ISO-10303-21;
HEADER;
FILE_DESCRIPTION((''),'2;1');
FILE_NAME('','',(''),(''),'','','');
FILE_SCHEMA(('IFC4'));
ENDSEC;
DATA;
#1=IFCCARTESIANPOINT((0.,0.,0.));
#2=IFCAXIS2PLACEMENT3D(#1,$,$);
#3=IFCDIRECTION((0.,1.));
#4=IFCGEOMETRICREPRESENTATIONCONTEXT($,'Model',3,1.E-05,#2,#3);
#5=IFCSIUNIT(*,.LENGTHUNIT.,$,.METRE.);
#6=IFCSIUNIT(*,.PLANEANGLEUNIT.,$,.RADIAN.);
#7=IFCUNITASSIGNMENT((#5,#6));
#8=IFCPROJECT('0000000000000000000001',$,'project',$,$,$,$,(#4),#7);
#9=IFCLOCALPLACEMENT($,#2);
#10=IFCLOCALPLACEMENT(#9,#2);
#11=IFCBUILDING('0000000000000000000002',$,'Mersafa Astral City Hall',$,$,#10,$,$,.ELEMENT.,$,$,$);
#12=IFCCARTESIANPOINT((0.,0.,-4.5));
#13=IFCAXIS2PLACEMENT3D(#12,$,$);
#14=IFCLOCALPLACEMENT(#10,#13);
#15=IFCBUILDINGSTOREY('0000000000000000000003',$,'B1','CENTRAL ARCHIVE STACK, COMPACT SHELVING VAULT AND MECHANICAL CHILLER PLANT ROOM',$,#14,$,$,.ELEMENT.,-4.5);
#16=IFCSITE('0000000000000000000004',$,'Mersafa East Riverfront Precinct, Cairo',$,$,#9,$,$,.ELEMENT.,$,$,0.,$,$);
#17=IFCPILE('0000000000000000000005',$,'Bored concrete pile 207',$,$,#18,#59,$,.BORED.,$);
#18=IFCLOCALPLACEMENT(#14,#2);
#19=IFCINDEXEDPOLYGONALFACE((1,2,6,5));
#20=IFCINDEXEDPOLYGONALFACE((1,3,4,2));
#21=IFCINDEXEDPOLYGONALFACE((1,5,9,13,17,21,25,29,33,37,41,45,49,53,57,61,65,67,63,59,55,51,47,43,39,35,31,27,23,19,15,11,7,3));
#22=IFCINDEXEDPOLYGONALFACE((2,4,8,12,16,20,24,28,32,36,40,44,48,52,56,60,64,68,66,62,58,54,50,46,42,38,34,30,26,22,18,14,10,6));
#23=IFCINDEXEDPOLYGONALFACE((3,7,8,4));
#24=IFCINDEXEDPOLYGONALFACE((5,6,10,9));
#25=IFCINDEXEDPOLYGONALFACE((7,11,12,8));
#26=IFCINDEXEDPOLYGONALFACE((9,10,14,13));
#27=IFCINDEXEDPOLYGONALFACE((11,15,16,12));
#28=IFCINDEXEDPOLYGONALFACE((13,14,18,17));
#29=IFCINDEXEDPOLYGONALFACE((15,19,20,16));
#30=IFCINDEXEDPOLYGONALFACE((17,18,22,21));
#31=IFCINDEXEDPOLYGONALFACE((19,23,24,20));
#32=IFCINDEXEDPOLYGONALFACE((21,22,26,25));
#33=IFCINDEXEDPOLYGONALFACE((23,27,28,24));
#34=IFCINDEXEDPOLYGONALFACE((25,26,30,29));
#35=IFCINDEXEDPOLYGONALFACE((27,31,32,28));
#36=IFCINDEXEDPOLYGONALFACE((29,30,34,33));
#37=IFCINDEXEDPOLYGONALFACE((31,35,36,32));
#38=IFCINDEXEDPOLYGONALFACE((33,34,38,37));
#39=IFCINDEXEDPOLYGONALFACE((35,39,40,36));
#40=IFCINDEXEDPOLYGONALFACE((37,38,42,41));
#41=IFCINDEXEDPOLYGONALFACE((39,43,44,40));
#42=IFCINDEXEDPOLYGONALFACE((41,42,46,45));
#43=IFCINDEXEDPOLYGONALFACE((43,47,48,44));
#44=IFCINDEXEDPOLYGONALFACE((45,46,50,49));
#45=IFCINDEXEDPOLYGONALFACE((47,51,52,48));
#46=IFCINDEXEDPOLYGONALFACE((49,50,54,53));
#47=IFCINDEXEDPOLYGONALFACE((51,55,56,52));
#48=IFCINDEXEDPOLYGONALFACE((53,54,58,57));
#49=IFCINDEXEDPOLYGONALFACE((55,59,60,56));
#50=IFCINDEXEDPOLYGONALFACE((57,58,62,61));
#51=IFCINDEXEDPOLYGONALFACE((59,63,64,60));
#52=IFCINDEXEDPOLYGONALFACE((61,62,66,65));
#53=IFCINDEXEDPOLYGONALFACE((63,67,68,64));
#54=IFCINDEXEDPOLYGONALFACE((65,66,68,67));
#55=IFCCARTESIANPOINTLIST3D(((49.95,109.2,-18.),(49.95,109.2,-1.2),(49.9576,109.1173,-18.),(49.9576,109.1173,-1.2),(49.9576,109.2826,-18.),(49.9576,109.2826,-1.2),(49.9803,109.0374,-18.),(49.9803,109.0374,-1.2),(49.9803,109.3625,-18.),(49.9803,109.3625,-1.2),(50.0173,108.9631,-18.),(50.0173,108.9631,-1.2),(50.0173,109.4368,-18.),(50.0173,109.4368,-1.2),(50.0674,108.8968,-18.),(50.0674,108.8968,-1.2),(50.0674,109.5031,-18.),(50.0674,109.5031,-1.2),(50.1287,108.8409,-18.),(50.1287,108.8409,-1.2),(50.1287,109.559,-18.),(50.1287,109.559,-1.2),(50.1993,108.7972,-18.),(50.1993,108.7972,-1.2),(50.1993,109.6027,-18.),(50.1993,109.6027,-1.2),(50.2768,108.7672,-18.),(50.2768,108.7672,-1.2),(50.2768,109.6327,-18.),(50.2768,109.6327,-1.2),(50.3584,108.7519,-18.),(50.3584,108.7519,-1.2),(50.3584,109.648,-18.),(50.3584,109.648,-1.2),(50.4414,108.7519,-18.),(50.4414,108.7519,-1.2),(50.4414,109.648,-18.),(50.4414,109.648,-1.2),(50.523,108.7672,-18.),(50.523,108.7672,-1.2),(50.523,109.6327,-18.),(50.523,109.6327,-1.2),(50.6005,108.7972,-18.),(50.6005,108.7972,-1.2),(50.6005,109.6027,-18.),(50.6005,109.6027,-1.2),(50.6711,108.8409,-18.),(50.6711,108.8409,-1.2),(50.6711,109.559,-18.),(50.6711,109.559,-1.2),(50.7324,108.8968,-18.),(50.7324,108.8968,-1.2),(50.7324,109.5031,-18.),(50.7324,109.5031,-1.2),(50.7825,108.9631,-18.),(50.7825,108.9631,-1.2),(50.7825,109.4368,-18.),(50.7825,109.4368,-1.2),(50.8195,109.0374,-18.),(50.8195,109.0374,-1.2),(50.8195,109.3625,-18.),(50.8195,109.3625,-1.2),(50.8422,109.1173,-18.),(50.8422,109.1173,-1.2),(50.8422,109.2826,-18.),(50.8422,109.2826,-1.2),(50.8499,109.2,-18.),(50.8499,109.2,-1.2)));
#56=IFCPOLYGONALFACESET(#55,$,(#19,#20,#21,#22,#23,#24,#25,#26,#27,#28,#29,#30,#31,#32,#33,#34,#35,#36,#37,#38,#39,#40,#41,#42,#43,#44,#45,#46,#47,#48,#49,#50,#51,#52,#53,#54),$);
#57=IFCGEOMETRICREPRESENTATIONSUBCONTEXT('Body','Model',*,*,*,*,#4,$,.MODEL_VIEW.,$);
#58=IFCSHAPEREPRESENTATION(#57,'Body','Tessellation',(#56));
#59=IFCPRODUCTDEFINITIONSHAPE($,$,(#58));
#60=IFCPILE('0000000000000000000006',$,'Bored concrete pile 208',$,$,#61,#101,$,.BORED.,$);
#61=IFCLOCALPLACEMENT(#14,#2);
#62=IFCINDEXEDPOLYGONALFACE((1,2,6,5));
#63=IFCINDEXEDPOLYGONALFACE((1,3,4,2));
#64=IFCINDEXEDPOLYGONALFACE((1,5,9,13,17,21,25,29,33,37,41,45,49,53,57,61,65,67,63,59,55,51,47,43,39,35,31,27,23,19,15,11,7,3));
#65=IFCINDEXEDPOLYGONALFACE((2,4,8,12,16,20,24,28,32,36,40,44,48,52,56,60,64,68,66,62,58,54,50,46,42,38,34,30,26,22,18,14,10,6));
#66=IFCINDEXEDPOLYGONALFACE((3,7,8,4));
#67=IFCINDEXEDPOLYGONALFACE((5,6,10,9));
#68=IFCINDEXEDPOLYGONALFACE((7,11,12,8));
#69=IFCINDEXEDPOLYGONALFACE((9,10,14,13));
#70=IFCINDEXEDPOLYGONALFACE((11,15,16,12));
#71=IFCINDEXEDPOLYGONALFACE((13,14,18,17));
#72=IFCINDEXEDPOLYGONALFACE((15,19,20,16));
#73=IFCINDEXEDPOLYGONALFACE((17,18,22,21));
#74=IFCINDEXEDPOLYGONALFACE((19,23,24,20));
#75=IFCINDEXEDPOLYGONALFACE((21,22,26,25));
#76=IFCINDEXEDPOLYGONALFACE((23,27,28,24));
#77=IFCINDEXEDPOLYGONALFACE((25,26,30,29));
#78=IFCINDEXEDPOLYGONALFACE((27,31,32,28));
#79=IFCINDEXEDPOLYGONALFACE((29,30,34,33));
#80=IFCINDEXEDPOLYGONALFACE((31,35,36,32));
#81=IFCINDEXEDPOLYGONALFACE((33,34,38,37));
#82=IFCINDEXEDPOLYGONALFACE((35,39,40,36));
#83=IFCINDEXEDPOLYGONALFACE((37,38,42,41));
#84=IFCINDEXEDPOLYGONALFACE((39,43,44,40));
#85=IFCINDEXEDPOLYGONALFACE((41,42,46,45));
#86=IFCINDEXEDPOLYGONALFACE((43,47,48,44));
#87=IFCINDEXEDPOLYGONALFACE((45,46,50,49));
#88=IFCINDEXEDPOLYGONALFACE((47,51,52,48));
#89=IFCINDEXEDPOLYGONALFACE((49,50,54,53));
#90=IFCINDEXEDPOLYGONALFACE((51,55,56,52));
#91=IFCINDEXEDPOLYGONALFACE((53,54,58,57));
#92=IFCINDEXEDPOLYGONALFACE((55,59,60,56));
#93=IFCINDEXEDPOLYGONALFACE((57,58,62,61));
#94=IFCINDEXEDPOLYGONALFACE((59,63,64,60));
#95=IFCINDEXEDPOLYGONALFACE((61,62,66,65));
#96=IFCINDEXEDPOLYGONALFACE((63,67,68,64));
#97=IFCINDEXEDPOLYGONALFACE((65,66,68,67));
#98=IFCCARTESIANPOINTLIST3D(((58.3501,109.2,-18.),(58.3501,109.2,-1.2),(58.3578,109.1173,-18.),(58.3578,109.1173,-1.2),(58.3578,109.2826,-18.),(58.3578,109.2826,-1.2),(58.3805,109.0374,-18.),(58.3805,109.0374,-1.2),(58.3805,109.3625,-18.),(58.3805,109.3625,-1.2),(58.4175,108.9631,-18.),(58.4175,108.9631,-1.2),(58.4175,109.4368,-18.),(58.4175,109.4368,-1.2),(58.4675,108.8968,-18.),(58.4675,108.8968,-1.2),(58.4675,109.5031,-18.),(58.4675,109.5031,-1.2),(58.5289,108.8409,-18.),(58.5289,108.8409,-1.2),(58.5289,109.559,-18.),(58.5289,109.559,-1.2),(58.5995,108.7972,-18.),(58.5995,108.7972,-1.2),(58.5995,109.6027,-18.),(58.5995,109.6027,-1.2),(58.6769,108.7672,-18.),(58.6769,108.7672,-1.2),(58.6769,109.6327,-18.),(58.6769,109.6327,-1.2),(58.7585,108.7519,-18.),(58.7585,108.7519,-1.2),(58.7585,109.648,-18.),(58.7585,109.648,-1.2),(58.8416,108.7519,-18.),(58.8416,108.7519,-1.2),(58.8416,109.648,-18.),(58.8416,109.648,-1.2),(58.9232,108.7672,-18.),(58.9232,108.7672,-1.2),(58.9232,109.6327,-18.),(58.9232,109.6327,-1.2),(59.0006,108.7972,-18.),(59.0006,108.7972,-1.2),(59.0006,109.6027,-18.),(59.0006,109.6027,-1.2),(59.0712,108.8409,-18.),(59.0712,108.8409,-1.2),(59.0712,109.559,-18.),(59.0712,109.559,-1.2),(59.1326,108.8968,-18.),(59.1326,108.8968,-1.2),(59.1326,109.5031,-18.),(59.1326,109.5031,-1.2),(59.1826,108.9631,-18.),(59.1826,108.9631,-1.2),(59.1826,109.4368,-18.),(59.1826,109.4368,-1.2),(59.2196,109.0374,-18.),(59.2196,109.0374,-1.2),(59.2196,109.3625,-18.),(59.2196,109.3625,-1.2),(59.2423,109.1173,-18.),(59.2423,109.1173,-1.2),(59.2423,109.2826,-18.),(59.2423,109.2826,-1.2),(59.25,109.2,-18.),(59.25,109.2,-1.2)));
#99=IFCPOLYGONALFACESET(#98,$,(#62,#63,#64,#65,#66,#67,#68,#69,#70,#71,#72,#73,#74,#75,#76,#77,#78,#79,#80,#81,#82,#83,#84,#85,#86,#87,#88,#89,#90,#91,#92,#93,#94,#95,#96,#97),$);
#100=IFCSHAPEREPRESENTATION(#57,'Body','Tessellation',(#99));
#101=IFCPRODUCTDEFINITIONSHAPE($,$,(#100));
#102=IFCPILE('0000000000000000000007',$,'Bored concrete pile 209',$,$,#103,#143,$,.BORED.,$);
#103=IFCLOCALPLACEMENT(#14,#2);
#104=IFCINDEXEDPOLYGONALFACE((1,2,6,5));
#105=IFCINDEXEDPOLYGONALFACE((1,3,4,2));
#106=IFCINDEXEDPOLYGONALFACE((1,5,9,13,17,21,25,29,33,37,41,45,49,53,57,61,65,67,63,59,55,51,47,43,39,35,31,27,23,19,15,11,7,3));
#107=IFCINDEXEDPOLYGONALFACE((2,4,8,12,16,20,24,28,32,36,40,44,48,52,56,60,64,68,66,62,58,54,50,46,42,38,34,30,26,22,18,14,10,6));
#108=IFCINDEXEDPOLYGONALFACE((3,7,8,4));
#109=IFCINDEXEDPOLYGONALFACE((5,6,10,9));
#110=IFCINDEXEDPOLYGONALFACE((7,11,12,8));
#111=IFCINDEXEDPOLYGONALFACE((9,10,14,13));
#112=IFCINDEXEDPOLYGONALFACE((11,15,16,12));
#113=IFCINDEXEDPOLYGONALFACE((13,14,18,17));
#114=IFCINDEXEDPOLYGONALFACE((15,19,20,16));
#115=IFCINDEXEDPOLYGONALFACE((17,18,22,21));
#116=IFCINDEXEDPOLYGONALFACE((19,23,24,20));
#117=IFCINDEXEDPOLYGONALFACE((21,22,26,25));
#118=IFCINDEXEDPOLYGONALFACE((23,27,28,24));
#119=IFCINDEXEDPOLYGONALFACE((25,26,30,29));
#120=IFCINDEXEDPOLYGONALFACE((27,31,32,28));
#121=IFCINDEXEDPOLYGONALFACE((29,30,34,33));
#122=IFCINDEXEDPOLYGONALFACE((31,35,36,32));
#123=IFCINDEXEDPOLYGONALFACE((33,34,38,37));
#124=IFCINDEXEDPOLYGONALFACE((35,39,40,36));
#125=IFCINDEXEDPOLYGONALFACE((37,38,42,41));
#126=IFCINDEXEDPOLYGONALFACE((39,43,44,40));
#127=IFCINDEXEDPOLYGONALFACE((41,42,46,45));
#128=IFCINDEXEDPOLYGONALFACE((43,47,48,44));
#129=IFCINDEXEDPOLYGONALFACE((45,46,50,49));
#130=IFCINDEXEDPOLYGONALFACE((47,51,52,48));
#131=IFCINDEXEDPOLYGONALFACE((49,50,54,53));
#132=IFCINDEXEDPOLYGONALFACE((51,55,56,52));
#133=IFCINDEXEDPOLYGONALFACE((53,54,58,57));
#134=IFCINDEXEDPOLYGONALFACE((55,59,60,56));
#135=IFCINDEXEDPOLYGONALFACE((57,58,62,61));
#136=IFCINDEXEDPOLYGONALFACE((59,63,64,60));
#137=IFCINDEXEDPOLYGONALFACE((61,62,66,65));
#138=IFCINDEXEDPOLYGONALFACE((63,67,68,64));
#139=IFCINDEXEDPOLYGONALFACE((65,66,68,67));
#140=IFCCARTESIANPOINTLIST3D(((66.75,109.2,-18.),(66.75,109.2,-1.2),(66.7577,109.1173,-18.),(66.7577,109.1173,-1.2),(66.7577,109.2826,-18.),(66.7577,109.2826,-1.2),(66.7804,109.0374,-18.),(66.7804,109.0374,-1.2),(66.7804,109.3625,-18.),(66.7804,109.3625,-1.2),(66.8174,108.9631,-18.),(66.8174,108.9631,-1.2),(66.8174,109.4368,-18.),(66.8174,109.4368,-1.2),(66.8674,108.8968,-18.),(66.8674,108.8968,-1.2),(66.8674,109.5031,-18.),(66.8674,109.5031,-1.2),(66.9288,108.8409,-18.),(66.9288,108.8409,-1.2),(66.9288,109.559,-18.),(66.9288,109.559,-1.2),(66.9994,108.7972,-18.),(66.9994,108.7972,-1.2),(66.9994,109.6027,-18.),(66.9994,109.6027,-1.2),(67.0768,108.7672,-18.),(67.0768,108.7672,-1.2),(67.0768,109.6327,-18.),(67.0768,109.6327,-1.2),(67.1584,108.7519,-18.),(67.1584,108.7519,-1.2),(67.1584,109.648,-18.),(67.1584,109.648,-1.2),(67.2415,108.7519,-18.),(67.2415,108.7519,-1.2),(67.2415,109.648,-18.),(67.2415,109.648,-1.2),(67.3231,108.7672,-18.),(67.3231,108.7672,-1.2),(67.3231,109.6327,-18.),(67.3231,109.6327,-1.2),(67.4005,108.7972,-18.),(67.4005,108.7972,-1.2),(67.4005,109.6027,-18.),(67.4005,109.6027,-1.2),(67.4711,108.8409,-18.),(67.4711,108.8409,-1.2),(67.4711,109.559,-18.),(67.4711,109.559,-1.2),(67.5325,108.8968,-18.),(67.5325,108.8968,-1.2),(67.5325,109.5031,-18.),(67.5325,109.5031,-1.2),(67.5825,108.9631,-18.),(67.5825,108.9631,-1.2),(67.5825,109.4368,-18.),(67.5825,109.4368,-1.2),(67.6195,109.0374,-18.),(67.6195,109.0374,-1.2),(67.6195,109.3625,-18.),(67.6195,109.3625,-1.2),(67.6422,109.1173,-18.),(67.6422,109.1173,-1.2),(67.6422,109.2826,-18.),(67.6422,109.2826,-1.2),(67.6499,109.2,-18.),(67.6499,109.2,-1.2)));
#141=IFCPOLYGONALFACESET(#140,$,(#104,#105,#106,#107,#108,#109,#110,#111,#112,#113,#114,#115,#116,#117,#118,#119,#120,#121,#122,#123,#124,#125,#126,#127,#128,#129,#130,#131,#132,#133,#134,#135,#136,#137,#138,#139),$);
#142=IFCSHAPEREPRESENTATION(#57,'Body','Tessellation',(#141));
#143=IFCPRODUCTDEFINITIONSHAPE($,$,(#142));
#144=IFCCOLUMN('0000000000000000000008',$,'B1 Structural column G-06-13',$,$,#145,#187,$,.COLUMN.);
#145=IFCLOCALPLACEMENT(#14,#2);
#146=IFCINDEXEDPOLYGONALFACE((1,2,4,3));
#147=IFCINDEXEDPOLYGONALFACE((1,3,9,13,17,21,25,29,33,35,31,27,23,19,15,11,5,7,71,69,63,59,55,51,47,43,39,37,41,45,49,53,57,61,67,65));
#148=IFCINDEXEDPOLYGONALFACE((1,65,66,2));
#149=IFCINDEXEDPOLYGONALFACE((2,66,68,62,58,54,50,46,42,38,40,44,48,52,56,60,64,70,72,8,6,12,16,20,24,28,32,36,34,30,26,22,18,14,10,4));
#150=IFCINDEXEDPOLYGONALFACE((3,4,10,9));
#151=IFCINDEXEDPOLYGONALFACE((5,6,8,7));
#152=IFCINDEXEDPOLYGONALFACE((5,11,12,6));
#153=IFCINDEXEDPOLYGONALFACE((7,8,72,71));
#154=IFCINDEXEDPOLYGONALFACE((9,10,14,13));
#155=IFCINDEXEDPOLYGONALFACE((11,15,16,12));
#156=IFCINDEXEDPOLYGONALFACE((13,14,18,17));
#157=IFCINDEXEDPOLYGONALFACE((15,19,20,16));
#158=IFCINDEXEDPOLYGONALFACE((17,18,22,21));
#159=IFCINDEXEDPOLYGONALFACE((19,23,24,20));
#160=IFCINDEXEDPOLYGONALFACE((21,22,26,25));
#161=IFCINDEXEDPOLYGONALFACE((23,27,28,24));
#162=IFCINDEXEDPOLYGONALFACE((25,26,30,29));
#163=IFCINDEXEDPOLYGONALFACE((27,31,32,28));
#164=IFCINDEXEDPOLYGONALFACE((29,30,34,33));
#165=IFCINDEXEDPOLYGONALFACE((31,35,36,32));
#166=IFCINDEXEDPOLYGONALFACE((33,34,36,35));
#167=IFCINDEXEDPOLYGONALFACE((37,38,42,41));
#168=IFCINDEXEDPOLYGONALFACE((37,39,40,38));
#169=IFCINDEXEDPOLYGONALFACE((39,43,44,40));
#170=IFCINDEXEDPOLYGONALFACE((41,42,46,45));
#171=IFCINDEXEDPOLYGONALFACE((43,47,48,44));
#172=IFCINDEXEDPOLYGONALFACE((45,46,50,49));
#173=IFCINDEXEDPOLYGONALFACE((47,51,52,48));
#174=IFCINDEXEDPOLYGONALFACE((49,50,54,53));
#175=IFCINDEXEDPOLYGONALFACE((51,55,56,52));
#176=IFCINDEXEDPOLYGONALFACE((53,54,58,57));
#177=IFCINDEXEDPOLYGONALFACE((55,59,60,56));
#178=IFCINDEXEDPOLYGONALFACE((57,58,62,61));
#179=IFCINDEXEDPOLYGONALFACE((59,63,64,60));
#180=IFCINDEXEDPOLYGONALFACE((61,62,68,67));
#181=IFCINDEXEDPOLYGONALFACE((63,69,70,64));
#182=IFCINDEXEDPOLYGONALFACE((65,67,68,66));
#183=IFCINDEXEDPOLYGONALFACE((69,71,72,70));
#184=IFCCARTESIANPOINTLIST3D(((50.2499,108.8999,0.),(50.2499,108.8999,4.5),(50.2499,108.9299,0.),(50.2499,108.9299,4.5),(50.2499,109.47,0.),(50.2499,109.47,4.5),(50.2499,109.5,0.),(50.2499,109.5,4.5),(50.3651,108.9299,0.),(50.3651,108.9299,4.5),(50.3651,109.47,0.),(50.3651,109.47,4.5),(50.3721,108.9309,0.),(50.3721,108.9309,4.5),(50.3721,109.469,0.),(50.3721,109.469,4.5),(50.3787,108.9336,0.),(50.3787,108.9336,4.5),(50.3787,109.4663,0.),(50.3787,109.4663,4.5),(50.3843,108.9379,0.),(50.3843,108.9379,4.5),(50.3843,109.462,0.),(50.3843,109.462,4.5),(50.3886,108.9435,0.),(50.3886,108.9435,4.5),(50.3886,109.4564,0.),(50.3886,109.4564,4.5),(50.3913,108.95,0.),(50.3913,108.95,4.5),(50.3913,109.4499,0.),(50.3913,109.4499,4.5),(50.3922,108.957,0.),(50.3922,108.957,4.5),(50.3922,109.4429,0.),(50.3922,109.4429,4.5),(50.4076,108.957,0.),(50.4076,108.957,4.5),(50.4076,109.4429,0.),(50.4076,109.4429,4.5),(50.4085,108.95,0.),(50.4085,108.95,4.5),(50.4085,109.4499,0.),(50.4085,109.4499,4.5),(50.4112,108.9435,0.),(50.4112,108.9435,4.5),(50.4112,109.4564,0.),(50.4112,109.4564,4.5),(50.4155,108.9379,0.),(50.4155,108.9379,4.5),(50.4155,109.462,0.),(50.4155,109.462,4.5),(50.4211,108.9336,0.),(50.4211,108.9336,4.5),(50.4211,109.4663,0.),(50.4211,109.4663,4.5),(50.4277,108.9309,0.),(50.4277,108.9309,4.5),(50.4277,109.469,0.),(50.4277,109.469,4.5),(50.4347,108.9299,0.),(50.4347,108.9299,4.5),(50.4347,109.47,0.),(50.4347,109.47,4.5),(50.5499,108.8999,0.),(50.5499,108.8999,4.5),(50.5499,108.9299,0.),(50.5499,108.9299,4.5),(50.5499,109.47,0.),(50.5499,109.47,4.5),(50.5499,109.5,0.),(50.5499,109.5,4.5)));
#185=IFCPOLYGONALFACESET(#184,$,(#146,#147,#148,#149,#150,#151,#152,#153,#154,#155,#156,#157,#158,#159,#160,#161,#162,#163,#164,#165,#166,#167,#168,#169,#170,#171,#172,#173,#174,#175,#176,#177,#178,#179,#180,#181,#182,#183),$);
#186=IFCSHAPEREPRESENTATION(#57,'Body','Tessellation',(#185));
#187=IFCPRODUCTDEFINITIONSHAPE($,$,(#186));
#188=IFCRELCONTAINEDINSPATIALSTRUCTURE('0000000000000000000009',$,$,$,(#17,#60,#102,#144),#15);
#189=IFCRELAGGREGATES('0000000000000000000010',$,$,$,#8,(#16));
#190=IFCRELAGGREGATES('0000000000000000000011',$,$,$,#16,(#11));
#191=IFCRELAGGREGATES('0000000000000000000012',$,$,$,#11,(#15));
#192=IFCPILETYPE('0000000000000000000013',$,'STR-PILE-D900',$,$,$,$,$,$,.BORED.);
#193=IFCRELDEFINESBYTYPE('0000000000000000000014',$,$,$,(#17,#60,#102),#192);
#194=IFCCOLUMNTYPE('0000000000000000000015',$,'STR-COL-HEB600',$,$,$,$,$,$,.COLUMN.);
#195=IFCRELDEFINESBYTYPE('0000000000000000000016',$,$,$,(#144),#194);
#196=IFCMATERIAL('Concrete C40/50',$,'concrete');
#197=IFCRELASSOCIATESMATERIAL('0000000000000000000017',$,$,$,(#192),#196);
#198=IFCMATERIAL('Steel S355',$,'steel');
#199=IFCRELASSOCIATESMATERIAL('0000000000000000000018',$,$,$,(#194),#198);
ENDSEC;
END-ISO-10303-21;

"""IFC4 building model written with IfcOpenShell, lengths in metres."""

from ifc_helpers import new_model, si_unit, direction, frame, origin, origin_2d, place, context, subcontext, project, spatial, circle, i_section, extrude, material, material_profile, profile_set, type_object, element, save


model = new_model("IFC4")

# Units and contexts
model_context = context("Model", 3, precision=1e-05, world=origin(), true_north=direction((0.0, 1.0)))
body_context = subcontext(model_context, "Body", "Model", "MODEL_VIEW")
ifc_project = project(units=[si_unit("LENGTHUNIT", "METRE"), si_unit("PLANEANGLEUNIT", "RADIAN")], contexts=[model_context])

# Site, building, storey
site_placement = place(None, origin())
site = spatial("IfcSite", under=ifc_project, at=site_placement, Name="Mersafa East Riverfront Precinct, Cairo", CompositionType="ELEMENT", RefElevation=0.0)
building_placement = place(site_placement, origin())
building = spatial("IfcBuilding", under=site, at=building_placement, Name="Mersafa Astral City Hall", CompositionType="ELEMENT")
storey_placement = place(building_placement, frame((0.0, 0.0, -4.5)))
storey = spatial("IfcBuildingStorey", under=building, at=storey_placement, Name="B1", Description="CENTRAL ARCHIVE STACK, COMPACT SHELVING VAULT AND MECHANICAL CHILLER PLANT ROOM", CompositionType="ELEMENT", Elevation=-4.5)

# Shared definitions
ifc_material_1 = material(Name="Concrete C40/50", Category="concrete")

# Piles
ifc_material_profile_1 = material_profile(ifc_material_1, circle(Radius=0.45, at=origin_2d()), Name="PILE D900")
ifc_profile_set_1 = profile_set([ifc_material_profile_1], Name="Concrete C40/50")
pile_type = type_object("IfcPileType", Name="STR-PILE-D900", PredefinedType="BORED", material=ifc_profile_set_1)
for number, where, z_axis, x_axis, name in (
    (1, (50.3999, 109.2, -1.2), (0.0, 0.0, -1.0), (1.0, 0.0, 0.0), "Bored concrete pile 207"),
    (2, (58.8, 109.2, -1.2), (0.0, 0.0, -1.0), (1.0, 0.0, 0.0), "Bored concrete pile 208"),
    (3, (67.2, 109.2, -1.2), (0.0, 0.0, -1.0), (1.0, 0.0, 0.0), "Bored concrete pile 209"),
):
    element("IfcPile", number, at=place(storey_placement, frame(where, z_axis=z_axis, x_axis=x_axis)), inside=storey, type_object=pile_type, Name=name, PredefinedType="BORED", context=body_context, shape_type="SweptSolid", body=[
        extrude(circle(Radius=0.45, at=origin_2d()), origin(), (0.0, 0.0, 1.0), 16.8),
    ])

# Column
ifc_material_2 = material(Name="Steel S355", Category="steel")
ifc_material_profile_2 = material_profile(ifc_material_2, i_section(OverallWidth=0.3, OverallDepth=0.6001, WebThickness=0.0154, FlangeThickness=0.03, FilletRadius=0.0271, at=origin_2d()), Name="HEB 600")
ifc_profile_set_2 = profile_set([ifc_material_profile_2], Name="Steel S355")
column_type_1 = type_object("IfcColumnType", Name="STR-COL-HEB600", PredefinedType="COLUMN", material=ifc_profile_set_2)
for number, where, z_axis, x_axis, name in (
    (4, (50.3999, 109.2, 0.0), (0.0, 0.0, 1.0), (1.0, 0.0, 0.0), "B1 Structural column G-06-13"),
):
    element("IfcColumn", number, at=place(storey_placement, frame(where, z_axis=z_axis, x_axis=x_axis)), inside=storey, type_object=column_type_1, Name=name, PredefinedType="COLUMN", context=body_context, shape_type="SweptSolid", body=[
        extrude(i_section(OverallWidth=0.3, OverallDepth=0.6001, WebThickness=0.0154, FlangeThickness=0.03, FilletRadius=0.0271, at=origin_2d()), origin(), (0.0, 0.0, 1.0), 4.5),
    ])

save(model, "model.ifc")
